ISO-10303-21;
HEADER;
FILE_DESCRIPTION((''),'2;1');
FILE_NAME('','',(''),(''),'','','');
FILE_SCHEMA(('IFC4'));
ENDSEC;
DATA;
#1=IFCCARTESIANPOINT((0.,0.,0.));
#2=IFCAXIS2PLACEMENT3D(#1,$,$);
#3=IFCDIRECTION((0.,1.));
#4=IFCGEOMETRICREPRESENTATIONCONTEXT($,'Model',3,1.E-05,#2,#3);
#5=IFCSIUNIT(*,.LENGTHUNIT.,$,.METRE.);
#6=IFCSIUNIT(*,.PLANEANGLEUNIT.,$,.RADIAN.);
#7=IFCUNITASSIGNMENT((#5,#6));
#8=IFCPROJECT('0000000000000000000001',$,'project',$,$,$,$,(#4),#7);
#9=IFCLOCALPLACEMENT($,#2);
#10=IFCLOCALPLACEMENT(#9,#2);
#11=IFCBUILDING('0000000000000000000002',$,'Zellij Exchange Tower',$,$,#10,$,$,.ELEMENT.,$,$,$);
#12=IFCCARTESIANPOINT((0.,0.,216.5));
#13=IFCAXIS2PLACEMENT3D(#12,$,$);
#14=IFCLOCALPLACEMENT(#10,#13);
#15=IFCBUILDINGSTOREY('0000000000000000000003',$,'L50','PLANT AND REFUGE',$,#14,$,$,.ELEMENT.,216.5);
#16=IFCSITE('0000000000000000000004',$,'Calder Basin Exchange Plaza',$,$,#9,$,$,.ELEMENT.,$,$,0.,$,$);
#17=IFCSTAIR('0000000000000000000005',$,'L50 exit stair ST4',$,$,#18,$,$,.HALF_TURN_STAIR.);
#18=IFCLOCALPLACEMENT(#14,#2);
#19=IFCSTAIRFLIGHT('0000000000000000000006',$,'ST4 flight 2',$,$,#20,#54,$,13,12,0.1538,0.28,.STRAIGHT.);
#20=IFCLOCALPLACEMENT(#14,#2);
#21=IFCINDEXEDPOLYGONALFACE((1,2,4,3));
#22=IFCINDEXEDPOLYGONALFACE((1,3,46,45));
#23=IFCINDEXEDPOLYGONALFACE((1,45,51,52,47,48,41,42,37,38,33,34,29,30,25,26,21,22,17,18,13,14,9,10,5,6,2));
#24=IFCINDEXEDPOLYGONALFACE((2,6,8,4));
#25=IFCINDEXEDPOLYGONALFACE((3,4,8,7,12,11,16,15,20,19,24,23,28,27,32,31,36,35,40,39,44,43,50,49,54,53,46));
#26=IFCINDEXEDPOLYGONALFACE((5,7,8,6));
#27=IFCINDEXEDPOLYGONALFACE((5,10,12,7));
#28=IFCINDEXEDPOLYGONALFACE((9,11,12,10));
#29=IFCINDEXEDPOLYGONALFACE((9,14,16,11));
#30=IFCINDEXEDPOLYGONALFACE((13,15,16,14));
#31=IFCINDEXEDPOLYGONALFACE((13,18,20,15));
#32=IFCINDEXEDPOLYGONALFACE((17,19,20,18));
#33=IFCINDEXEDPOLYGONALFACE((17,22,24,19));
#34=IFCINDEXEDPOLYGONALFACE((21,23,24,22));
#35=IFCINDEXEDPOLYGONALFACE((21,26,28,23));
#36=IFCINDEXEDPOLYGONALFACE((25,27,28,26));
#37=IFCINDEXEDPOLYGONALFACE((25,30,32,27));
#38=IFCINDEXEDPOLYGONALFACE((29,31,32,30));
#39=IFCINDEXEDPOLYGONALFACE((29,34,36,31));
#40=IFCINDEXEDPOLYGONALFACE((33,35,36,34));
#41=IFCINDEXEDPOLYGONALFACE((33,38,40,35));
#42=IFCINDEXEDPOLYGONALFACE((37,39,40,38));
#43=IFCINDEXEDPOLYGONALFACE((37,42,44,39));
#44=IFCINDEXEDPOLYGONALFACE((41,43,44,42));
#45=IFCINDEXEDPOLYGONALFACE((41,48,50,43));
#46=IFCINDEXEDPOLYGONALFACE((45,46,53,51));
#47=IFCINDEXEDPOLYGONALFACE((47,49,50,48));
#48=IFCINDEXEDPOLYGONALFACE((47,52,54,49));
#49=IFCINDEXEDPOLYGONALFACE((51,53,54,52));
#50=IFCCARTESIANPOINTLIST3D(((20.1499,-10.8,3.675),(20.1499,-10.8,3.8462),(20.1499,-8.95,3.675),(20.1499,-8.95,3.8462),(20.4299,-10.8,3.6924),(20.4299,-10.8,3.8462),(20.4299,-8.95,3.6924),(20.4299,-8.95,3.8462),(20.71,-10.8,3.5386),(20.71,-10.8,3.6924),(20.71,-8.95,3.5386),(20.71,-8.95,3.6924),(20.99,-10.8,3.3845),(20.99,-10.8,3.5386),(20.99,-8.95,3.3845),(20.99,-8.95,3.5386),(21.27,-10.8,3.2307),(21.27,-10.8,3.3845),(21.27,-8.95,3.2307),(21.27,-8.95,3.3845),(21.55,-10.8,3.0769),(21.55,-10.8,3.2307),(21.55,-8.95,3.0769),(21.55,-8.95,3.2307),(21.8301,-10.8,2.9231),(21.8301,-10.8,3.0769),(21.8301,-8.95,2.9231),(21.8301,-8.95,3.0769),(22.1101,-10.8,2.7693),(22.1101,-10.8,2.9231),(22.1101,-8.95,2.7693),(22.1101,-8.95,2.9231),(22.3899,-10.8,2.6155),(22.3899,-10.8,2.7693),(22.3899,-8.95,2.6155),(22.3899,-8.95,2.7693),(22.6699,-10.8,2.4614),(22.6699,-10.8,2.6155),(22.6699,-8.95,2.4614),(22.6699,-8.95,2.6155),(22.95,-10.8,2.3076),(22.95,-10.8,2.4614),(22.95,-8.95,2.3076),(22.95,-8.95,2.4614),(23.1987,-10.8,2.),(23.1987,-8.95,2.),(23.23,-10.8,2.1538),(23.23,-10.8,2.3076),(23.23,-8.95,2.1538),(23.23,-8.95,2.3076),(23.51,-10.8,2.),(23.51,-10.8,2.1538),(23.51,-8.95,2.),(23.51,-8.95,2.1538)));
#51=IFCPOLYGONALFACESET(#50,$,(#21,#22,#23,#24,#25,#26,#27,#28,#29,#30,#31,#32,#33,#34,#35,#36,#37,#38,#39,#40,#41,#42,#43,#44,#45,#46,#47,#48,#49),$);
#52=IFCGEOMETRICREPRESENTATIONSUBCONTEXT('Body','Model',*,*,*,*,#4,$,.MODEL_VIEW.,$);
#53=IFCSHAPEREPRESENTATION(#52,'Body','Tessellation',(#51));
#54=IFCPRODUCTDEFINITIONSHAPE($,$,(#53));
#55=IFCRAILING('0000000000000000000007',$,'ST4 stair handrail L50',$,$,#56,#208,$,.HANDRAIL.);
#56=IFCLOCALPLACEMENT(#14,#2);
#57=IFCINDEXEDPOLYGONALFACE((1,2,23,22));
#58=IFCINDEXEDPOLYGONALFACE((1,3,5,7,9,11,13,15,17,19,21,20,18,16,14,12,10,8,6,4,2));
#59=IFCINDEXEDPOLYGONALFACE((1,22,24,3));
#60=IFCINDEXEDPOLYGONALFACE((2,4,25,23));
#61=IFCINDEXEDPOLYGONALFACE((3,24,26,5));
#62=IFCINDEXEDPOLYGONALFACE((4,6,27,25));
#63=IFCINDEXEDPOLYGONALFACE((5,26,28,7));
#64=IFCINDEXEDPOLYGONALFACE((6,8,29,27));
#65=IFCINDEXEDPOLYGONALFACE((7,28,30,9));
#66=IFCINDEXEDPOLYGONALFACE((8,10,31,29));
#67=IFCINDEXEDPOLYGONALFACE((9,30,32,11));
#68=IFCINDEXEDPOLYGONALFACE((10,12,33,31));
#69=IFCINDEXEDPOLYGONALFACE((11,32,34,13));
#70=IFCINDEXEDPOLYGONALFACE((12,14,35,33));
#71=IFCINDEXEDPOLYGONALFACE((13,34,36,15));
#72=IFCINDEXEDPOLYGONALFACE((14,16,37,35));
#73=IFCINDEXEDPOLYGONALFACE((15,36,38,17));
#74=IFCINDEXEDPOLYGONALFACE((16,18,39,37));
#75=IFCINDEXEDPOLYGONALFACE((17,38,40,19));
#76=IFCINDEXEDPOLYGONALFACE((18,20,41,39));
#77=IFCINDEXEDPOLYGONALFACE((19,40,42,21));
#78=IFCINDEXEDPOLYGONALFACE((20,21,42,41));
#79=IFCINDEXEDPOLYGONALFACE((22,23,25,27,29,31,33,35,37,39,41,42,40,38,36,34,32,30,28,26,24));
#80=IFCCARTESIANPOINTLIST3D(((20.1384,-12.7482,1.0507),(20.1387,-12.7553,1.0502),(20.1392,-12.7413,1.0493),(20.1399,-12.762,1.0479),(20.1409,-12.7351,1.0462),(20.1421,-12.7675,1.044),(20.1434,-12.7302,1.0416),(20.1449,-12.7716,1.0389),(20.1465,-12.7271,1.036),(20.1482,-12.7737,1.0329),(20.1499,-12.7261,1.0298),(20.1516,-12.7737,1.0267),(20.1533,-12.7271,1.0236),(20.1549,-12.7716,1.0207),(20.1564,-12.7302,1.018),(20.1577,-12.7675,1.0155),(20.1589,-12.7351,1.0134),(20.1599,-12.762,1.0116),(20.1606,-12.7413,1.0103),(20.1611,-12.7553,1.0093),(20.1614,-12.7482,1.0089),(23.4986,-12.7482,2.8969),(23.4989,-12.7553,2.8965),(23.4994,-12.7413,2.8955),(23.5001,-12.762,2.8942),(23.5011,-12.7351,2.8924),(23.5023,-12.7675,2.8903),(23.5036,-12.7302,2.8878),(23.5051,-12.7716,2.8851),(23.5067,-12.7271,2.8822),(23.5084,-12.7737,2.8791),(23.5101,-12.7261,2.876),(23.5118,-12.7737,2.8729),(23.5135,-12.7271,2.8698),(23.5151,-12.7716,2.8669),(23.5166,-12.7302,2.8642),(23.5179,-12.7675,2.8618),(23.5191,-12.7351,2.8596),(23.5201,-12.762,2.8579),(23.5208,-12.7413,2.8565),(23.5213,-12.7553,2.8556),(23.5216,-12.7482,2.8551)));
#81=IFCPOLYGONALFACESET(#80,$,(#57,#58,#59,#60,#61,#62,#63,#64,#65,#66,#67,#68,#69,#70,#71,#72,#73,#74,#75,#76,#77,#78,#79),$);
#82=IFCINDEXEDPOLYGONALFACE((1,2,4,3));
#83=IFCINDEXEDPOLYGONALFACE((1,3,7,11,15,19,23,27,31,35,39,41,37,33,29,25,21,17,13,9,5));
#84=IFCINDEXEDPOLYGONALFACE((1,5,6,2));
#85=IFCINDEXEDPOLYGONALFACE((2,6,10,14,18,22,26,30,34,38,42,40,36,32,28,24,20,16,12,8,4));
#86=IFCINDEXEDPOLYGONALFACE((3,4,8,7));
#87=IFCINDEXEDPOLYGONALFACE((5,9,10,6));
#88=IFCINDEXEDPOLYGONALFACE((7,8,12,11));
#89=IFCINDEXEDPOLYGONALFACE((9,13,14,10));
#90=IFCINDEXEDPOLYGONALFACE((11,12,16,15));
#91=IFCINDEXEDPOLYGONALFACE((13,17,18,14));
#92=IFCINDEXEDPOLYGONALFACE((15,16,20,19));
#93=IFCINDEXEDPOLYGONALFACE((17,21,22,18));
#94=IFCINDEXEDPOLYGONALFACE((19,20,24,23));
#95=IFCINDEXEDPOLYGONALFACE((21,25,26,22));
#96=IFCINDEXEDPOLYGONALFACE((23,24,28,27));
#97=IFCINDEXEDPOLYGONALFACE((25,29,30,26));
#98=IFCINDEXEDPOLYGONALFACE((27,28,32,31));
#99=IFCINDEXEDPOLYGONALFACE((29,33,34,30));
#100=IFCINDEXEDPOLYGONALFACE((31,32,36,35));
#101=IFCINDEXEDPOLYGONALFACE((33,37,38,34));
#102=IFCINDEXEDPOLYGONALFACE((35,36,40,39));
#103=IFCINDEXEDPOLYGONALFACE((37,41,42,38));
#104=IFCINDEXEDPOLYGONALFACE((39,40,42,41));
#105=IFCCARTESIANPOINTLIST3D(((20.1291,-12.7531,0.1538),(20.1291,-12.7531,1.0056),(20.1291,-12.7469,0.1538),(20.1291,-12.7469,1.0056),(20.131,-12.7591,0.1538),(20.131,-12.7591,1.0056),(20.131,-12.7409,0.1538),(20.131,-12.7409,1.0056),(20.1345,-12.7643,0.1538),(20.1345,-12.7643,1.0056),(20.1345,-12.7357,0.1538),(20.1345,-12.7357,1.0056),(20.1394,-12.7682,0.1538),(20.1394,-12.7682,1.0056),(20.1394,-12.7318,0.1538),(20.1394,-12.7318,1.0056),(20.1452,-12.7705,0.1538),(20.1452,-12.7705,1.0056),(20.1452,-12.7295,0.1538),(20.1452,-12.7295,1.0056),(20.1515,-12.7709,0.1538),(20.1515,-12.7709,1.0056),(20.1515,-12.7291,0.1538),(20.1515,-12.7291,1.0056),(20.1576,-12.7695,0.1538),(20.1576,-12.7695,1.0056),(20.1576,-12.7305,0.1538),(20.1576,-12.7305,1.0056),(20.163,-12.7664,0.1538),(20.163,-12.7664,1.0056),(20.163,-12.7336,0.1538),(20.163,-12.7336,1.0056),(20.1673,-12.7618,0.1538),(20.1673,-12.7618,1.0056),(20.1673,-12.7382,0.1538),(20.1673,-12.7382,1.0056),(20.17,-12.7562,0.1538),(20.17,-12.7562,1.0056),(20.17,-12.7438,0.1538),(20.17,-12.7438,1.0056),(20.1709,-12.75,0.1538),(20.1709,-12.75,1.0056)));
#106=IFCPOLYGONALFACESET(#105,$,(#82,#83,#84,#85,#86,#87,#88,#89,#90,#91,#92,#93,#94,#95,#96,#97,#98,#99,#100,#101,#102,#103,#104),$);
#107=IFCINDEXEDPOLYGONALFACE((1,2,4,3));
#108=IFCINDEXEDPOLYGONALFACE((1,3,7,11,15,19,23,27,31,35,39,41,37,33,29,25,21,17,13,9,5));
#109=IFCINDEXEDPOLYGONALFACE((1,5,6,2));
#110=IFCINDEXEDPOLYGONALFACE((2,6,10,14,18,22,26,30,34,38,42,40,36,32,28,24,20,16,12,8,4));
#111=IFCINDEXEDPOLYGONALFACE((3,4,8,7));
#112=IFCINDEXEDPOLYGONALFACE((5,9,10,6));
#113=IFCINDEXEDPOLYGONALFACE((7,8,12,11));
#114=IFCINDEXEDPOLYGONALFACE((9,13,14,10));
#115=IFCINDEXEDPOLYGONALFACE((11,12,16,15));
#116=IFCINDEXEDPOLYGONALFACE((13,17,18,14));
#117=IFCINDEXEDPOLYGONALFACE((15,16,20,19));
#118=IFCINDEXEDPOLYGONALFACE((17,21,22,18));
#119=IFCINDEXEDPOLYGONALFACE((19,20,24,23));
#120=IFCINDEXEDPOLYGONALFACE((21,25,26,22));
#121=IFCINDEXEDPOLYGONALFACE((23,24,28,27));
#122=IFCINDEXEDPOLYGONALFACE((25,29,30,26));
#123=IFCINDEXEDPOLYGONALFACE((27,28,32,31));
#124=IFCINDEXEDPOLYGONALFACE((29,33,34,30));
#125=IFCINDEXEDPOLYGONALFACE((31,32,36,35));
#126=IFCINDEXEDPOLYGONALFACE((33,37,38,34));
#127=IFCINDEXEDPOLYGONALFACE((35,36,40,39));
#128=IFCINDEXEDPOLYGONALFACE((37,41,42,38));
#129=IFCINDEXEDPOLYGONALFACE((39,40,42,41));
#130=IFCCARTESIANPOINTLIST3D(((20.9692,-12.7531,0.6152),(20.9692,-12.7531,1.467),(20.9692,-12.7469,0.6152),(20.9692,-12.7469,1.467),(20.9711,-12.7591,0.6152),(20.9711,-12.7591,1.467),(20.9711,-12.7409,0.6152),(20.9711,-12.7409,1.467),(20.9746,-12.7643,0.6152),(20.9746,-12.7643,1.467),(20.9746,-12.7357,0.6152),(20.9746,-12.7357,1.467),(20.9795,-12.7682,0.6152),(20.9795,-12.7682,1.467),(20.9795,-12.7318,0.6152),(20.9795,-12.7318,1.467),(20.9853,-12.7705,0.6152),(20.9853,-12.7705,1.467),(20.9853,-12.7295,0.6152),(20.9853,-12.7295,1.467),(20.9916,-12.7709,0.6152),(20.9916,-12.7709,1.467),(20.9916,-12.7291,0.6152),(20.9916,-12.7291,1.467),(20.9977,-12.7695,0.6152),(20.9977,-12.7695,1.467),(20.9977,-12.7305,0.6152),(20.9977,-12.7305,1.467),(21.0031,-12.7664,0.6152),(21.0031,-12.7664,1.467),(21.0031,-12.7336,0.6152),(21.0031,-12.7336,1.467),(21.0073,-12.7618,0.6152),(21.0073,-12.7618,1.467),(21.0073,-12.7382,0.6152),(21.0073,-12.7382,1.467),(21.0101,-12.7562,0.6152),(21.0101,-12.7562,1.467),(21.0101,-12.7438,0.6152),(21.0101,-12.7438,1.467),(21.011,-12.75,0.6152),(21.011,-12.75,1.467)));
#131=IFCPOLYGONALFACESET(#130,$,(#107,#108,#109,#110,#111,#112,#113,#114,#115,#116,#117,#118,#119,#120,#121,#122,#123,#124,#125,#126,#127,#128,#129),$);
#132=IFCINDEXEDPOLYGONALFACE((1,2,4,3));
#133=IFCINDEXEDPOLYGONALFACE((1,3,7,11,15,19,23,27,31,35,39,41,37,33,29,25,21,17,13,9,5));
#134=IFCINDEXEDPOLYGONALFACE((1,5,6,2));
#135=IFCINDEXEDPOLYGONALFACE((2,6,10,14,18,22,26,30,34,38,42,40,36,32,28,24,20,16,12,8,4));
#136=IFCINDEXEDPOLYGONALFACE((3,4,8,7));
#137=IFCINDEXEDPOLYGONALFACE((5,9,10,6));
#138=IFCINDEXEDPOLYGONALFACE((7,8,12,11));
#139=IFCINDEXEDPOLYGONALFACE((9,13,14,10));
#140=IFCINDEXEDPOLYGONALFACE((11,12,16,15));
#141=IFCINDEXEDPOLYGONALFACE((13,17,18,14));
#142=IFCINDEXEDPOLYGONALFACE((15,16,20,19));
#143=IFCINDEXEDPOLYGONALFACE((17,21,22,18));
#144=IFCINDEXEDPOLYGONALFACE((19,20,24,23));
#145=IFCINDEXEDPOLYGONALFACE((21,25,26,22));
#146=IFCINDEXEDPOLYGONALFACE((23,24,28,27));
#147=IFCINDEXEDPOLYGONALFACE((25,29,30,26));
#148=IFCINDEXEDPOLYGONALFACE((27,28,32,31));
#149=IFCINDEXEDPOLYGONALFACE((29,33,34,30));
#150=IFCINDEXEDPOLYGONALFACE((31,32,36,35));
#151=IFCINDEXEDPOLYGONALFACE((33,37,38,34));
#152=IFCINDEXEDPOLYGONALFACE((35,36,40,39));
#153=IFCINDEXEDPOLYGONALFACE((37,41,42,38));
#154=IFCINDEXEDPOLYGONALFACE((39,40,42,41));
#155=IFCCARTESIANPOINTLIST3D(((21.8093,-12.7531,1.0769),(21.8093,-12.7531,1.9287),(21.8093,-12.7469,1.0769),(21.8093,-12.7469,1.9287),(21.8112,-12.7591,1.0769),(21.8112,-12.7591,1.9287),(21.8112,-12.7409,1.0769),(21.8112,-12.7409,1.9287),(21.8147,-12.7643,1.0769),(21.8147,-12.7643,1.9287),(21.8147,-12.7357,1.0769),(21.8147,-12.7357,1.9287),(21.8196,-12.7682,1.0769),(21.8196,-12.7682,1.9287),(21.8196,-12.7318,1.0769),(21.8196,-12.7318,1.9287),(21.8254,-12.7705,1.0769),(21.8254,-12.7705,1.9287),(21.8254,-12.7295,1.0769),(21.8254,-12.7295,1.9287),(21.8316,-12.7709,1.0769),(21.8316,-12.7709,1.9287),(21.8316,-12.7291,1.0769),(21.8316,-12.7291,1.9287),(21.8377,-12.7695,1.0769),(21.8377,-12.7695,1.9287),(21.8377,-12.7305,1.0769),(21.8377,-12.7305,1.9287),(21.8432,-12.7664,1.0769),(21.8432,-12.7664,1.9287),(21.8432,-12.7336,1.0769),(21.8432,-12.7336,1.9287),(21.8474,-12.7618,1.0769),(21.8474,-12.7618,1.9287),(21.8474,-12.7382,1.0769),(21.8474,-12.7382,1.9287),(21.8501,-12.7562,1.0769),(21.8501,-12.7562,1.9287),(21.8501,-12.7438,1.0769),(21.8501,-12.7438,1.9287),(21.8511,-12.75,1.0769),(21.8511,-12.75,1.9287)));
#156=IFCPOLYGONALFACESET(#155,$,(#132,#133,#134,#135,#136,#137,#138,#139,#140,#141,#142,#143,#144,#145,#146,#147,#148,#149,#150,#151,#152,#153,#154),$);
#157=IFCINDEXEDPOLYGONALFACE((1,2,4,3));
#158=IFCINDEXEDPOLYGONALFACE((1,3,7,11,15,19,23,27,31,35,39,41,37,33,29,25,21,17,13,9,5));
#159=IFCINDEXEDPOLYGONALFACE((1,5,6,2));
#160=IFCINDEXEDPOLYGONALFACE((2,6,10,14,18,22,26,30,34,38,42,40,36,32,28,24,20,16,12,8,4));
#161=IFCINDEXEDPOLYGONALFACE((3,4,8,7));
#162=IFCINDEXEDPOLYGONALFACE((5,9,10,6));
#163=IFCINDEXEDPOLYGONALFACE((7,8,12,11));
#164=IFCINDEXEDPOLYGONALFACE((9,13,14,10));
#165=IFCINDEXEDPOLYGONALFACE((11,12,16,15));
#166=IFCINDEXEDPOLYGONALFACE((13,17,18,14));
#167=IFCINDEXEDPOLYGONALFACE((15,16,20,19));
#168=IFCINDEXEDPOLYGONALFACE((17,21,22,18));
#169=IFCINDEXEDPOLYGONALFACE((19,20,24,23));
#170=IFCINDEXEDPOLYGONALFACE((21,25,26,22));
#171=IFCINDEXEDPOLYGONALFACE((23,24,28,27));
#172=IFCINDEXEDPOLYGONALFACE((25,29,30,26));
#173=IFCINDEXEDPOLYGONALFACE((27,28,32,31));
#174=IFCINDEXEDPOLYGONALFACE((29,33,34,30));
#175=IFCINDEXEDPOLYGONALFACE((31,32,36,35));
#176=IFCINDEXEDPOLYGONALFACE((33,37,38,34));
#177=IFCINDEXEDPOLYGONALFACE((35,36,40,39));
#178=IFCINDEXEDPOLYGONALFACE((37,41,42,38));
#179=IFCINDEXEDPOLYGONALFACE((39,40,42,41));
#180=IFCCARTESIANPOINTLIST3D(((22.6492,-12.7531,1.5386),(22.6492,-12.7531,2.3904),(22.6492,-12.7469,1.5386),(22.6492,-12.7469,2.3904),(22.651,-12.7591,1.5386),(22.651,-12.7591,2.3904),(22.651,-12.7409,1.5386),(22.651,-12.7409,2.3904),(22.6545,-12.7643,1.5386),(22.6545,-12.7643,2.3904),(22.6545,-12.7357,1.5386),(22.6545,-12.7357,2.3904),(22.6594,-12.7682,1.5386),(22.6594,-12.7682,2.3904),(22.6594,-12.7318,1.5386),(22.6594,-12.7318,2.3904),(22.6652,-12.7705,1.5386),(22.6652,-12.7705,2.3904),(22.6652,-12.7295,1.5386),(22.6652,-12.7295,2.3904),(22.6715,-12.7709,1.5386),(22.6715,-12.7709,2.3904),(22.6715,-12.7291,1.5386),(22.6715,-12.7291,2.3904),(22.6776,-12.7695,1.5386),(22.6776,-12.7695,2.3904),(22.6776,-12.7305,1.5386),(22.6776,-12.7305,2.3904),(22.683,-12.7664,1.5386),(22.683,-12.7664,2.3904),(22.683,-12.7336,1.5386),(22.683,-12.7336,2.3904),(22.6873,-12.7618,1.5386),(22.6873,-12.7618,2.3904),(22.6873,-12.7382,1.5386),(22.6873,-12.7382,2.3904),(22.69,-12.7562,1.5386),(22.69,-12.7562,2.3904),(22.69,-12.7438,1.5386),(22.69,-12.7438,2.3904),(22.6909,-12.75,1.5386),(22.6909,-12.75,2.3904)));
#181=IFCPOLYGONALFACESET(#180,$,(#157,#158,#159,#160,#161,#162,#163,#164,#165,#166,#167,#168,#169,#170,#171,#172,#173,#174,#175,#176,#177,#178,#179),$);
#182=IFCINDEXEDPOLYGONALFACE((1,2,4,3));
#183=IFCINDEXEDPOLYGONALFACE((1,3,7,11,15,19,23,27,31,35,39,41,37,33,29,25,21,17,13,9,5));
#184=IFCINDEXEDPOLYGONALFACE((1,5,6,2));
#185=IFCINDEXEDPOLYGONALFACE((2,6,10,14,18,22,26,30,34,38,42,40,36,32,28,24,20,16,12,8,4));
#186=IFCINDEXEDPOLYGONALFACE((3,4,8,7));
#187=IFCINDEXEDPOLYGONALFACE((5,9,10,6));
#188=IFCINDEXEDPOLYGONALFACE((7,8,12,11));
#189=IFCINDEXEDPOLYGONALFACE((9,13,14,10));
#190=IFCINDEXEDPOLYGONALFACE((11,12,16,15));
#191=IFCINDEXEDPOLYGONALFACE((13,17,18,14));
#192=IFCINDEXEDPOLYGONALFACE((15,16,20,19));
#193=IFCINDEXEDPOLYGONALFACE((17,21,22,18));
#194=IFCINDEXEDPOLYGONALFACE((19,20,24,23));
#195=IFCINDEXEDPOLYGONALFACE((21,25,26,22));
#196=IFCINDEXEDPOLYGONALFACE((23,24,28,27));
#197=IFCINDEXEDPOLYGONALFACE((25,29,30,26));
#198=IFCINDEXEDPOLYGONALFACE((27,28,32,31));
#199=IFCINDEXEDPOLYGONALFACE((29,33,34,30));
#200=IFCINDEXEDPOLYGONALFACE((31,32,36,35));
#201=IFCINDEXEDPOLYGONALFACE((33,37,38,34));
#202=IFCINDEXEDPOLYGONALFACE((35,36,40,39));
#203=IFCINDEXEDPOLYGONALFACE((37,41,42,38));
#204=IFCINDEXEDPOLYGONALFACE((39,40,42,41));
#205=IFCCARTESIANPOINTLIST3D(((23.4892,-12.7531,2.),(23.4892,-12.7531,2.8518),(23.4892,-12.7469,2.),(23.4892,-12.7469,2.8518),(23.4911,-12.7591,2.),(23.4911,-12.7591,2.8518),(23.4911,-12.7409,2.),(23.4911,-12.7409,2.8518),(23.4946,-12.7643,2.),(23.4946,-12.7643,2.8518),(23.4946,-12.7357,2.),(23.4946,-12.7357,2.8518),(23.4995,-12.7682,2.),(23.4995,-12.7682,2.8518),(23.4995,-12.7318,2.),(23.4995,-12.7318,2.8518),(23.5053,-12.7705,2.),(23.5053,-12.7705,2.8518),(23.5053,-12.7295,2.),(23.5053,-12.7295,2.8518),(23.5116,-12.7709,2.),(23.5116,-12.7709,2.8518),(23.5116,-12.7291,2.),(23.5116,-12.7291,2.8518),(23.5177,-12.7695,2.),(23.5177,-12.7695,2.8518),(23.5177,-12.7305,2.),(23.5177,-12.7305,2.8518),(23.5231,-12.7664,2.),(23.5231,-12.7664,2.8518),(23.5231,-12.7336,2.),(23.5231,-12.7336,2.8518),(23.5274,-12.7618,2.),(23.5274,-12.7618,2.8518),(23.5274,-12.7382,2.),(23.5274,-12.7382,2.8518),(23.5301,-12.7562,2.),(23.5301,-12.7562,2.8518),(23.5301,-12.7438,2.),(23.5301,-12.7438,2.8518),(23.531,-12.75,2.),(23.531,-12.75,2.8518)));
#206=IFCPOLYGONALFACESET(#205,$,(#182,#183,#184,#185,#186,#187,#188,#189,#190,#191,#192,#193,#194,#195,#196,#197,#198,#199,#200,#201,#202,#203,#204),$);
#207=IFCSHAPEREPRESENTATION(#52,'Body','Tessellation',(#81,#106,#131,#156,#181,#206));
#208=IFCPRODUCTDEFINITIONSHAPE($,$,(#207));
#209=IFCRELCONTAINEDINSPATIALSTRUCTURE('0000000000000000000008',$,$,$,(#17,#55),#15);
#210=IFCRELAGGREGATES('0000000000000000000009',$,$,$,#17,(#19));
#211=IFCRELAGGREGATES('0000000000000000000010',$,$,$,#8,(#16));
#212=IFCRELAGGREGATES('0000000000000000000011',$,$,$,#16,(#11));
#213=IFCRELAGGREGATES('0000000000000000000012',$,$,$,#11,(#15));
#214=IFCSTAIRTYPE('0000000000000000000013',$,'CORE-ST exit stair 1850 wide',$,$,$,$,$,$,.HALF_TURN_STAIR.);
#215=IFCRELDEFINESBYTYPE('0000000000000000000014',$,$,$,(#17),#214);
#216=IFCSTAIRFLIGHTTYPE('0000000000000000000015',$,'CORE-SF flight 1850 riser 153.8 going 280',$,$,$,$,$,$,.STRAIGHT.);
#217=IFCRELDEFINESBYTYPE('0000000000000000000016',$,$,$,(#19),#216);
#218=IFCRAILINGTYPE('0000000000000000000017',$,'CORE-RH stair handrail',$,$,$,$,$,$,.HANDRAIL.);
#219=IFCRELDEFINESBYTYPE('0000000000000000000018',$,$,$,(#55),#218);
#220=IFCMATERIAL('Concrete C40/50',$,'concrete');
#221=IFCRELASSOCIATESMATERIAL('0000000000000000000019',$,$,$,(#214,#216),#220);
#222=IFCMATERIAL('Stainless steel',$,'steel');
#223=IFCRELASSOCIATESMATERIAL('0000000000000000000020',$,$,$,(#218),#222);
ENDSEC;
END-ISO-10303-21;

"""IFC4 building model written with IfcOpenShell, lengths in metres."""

from ifc_helpers import new_model, si_unit, direction, frame, origin, origin_2d, place, context, subcontext, project, spatial, polyline, circle, outline, extrude, material, type_object, element, aggregate, save


model = new_model("IFC4")

# Units and contexts
model_context = context("Model", 3, precision=1e-05, world=origin(), true_north=direction((0.0, 1.0)))
body_context = subcontext(model_context, "Body", "Model", "MODEL_VIEW")
ifc_project = project(units=[si_unit("LENGTHUNIT", "METRE"), si_unit("PLANEANGLEUNIT", "RADIAN")], contexts=[model_context])

# Site, building, storey
site_placement = place(None, origin())
site = spatial("IfcSite", under=ifc_project, at=site_placement, Name="Calder Basin Exchange Plaza", CompositionType="ELEMENT", RefElevation=0.0)
building_placement = place(site_placement, origin())
building = spatial("IfcBuilding", under=site, at=building_placement, Name="Zellij Exchange Tower", CompositionType="ELEMENT")
storey_placement = place(building_placement, frame((0.0, 0.0, 216.5)))
storey = spatial("IfcBuildingStorey", under=building, at=storey_placement, Name="L50", Description="PLANT AND REFUGE", CompositionType="ELEMENT", Elevation=216.5)

# Stair, stair flight
ifc_material_1 = material(Name="Concrete C40/50", Category="concrete")
stair_type = type_object("IfcStairType", Name="CORE-ST exit stair 1850 wide", PredefinedType="HALF_TURN_STAIR", material=ifc_material_1)
stair_placement = place(storey_placement, origin())
stair = element("IfcStair", 1, at=stair_placement, inside=storey, type_object=stair_type, Name="L50 exit stair ST4", PredefinedType="HALF_TURN_STAIR")
stair_flight_type = type_object("IfcStairFlightType", Name="CORE-SF flight 1850 riser 153.8 going 280", PredefinedType="STRAIGHT", material=ifc_material_1)
stair_flight_1_placement = place(storey_placement, frame((23.51, -9.875, 2.0), z_axis=(0.0, 0.0, 1.0), x_axis=(-1.0, 0.0, 0.0)))
stair_flight_1 = element("IfcStairFlight", 2, at=stair_flight_1_placement, type_object=stair_flight_type, Name="ST4 flight 2", NumberOfRisers=13, NumberOfTreads=12, PredefinedType="STRAIGHT", RiserHeight=0.1538, TreadLength=0.28, context=body_context, shape_type="SweptSolid", body=[
    extrude(outline(polyline([(0.0, 0.0), (0.0, 0.1538), (0.28, 0.1538), (0.28, 0.3076), (0.5601, 0.3076), (0.5601, 0.4614), (0.8401, 0.4614), (0.8401, 0.6155), (1.1201, 0.6155), (1.1201, 0.7693), (1.3999, 0.7693), (1.3999, 0.9231), (1.6799, 0.9231), (1.6799, 1.0769), (1.96, 1.0769), (1.96, 1.2307), (2.24, 1.2307), (2.24, 1.3845), (2.52, 1.3845), (2.52, 1.5386), (2.8, 1.5386), (2.8, 1.6924), (3.0801, 1.6924), (3.0801, 1.8462), (3.3601, 1.8462), (3.3601, 2.0), (3.3601, 1.675), (0.3113, 0.0), (0.0, 0.0)])), frame((0.0, 0.925, 0.0), z_axis=(0.0, -1.0, 0.0), x_axis=(1.0, 0.0, 0.0)), (0.0, 0.0, 1.0), 1.8501),
])
aggregate(stair, [stair_flight_1])

# Railing
ifc_material_2 = material(Name="Stainless steel", Category="steel")
railing_type_1 = type_object("IfcRailingType", Name="CORE-RH stair handrail", PredefinedType="HANDRAIL", material=ifc_material_2)
railing_1_placement = place(storey_placement, frame((20.1499, -12.75, 0.1538)))
element("IfcRailing", 3, at=railing_1_placement, inside=storey, type_object=railing_type_1, Name="ST4 stair handrail L50", PredefinedType="HANDRAIL", context=body_context, shape_type="SweptSolid", body=[
    extrude(circle(Radius=0.0239, at=origin_2d()), frame((0.0, 0.0, 0.876), z_axis=(0.876422, 0.0, 0.481545), x_axis=(0.0, 1.0, 0.0)), (0.0, 0.0, 1.0), 3.834),
    extrude(circle(Radius=0.021, at=origin_2d()), origin(), (0.0, 0.0, 1.0), 0.8518),
    extrude(circle(Radius=0.021, at=origin_2d()), frame((0.8401, 0.0, 0.4614)), (0.0, 0.0, 1.0), 0.8518),
    extrude(circle(Radius=0.021, at=origin_2d()), frame((1.6802, 0.0, 0.9231)), (0.0, 0.0, 1.0), 0.8518),
    extrude(circle(Radius=0.021, at=origin_2d()), frame((2.52, 0.0, 1.3848)), (0.0, 0.0, 1.0), 0.8518),
    extrude(circle(Radius=0.021, at=origin_2d()), frame((3.3601, 0.0, 1.8462)), (0.0, 0.0, 1.0), 0.8518),
])

save(model, "model.ifc")
